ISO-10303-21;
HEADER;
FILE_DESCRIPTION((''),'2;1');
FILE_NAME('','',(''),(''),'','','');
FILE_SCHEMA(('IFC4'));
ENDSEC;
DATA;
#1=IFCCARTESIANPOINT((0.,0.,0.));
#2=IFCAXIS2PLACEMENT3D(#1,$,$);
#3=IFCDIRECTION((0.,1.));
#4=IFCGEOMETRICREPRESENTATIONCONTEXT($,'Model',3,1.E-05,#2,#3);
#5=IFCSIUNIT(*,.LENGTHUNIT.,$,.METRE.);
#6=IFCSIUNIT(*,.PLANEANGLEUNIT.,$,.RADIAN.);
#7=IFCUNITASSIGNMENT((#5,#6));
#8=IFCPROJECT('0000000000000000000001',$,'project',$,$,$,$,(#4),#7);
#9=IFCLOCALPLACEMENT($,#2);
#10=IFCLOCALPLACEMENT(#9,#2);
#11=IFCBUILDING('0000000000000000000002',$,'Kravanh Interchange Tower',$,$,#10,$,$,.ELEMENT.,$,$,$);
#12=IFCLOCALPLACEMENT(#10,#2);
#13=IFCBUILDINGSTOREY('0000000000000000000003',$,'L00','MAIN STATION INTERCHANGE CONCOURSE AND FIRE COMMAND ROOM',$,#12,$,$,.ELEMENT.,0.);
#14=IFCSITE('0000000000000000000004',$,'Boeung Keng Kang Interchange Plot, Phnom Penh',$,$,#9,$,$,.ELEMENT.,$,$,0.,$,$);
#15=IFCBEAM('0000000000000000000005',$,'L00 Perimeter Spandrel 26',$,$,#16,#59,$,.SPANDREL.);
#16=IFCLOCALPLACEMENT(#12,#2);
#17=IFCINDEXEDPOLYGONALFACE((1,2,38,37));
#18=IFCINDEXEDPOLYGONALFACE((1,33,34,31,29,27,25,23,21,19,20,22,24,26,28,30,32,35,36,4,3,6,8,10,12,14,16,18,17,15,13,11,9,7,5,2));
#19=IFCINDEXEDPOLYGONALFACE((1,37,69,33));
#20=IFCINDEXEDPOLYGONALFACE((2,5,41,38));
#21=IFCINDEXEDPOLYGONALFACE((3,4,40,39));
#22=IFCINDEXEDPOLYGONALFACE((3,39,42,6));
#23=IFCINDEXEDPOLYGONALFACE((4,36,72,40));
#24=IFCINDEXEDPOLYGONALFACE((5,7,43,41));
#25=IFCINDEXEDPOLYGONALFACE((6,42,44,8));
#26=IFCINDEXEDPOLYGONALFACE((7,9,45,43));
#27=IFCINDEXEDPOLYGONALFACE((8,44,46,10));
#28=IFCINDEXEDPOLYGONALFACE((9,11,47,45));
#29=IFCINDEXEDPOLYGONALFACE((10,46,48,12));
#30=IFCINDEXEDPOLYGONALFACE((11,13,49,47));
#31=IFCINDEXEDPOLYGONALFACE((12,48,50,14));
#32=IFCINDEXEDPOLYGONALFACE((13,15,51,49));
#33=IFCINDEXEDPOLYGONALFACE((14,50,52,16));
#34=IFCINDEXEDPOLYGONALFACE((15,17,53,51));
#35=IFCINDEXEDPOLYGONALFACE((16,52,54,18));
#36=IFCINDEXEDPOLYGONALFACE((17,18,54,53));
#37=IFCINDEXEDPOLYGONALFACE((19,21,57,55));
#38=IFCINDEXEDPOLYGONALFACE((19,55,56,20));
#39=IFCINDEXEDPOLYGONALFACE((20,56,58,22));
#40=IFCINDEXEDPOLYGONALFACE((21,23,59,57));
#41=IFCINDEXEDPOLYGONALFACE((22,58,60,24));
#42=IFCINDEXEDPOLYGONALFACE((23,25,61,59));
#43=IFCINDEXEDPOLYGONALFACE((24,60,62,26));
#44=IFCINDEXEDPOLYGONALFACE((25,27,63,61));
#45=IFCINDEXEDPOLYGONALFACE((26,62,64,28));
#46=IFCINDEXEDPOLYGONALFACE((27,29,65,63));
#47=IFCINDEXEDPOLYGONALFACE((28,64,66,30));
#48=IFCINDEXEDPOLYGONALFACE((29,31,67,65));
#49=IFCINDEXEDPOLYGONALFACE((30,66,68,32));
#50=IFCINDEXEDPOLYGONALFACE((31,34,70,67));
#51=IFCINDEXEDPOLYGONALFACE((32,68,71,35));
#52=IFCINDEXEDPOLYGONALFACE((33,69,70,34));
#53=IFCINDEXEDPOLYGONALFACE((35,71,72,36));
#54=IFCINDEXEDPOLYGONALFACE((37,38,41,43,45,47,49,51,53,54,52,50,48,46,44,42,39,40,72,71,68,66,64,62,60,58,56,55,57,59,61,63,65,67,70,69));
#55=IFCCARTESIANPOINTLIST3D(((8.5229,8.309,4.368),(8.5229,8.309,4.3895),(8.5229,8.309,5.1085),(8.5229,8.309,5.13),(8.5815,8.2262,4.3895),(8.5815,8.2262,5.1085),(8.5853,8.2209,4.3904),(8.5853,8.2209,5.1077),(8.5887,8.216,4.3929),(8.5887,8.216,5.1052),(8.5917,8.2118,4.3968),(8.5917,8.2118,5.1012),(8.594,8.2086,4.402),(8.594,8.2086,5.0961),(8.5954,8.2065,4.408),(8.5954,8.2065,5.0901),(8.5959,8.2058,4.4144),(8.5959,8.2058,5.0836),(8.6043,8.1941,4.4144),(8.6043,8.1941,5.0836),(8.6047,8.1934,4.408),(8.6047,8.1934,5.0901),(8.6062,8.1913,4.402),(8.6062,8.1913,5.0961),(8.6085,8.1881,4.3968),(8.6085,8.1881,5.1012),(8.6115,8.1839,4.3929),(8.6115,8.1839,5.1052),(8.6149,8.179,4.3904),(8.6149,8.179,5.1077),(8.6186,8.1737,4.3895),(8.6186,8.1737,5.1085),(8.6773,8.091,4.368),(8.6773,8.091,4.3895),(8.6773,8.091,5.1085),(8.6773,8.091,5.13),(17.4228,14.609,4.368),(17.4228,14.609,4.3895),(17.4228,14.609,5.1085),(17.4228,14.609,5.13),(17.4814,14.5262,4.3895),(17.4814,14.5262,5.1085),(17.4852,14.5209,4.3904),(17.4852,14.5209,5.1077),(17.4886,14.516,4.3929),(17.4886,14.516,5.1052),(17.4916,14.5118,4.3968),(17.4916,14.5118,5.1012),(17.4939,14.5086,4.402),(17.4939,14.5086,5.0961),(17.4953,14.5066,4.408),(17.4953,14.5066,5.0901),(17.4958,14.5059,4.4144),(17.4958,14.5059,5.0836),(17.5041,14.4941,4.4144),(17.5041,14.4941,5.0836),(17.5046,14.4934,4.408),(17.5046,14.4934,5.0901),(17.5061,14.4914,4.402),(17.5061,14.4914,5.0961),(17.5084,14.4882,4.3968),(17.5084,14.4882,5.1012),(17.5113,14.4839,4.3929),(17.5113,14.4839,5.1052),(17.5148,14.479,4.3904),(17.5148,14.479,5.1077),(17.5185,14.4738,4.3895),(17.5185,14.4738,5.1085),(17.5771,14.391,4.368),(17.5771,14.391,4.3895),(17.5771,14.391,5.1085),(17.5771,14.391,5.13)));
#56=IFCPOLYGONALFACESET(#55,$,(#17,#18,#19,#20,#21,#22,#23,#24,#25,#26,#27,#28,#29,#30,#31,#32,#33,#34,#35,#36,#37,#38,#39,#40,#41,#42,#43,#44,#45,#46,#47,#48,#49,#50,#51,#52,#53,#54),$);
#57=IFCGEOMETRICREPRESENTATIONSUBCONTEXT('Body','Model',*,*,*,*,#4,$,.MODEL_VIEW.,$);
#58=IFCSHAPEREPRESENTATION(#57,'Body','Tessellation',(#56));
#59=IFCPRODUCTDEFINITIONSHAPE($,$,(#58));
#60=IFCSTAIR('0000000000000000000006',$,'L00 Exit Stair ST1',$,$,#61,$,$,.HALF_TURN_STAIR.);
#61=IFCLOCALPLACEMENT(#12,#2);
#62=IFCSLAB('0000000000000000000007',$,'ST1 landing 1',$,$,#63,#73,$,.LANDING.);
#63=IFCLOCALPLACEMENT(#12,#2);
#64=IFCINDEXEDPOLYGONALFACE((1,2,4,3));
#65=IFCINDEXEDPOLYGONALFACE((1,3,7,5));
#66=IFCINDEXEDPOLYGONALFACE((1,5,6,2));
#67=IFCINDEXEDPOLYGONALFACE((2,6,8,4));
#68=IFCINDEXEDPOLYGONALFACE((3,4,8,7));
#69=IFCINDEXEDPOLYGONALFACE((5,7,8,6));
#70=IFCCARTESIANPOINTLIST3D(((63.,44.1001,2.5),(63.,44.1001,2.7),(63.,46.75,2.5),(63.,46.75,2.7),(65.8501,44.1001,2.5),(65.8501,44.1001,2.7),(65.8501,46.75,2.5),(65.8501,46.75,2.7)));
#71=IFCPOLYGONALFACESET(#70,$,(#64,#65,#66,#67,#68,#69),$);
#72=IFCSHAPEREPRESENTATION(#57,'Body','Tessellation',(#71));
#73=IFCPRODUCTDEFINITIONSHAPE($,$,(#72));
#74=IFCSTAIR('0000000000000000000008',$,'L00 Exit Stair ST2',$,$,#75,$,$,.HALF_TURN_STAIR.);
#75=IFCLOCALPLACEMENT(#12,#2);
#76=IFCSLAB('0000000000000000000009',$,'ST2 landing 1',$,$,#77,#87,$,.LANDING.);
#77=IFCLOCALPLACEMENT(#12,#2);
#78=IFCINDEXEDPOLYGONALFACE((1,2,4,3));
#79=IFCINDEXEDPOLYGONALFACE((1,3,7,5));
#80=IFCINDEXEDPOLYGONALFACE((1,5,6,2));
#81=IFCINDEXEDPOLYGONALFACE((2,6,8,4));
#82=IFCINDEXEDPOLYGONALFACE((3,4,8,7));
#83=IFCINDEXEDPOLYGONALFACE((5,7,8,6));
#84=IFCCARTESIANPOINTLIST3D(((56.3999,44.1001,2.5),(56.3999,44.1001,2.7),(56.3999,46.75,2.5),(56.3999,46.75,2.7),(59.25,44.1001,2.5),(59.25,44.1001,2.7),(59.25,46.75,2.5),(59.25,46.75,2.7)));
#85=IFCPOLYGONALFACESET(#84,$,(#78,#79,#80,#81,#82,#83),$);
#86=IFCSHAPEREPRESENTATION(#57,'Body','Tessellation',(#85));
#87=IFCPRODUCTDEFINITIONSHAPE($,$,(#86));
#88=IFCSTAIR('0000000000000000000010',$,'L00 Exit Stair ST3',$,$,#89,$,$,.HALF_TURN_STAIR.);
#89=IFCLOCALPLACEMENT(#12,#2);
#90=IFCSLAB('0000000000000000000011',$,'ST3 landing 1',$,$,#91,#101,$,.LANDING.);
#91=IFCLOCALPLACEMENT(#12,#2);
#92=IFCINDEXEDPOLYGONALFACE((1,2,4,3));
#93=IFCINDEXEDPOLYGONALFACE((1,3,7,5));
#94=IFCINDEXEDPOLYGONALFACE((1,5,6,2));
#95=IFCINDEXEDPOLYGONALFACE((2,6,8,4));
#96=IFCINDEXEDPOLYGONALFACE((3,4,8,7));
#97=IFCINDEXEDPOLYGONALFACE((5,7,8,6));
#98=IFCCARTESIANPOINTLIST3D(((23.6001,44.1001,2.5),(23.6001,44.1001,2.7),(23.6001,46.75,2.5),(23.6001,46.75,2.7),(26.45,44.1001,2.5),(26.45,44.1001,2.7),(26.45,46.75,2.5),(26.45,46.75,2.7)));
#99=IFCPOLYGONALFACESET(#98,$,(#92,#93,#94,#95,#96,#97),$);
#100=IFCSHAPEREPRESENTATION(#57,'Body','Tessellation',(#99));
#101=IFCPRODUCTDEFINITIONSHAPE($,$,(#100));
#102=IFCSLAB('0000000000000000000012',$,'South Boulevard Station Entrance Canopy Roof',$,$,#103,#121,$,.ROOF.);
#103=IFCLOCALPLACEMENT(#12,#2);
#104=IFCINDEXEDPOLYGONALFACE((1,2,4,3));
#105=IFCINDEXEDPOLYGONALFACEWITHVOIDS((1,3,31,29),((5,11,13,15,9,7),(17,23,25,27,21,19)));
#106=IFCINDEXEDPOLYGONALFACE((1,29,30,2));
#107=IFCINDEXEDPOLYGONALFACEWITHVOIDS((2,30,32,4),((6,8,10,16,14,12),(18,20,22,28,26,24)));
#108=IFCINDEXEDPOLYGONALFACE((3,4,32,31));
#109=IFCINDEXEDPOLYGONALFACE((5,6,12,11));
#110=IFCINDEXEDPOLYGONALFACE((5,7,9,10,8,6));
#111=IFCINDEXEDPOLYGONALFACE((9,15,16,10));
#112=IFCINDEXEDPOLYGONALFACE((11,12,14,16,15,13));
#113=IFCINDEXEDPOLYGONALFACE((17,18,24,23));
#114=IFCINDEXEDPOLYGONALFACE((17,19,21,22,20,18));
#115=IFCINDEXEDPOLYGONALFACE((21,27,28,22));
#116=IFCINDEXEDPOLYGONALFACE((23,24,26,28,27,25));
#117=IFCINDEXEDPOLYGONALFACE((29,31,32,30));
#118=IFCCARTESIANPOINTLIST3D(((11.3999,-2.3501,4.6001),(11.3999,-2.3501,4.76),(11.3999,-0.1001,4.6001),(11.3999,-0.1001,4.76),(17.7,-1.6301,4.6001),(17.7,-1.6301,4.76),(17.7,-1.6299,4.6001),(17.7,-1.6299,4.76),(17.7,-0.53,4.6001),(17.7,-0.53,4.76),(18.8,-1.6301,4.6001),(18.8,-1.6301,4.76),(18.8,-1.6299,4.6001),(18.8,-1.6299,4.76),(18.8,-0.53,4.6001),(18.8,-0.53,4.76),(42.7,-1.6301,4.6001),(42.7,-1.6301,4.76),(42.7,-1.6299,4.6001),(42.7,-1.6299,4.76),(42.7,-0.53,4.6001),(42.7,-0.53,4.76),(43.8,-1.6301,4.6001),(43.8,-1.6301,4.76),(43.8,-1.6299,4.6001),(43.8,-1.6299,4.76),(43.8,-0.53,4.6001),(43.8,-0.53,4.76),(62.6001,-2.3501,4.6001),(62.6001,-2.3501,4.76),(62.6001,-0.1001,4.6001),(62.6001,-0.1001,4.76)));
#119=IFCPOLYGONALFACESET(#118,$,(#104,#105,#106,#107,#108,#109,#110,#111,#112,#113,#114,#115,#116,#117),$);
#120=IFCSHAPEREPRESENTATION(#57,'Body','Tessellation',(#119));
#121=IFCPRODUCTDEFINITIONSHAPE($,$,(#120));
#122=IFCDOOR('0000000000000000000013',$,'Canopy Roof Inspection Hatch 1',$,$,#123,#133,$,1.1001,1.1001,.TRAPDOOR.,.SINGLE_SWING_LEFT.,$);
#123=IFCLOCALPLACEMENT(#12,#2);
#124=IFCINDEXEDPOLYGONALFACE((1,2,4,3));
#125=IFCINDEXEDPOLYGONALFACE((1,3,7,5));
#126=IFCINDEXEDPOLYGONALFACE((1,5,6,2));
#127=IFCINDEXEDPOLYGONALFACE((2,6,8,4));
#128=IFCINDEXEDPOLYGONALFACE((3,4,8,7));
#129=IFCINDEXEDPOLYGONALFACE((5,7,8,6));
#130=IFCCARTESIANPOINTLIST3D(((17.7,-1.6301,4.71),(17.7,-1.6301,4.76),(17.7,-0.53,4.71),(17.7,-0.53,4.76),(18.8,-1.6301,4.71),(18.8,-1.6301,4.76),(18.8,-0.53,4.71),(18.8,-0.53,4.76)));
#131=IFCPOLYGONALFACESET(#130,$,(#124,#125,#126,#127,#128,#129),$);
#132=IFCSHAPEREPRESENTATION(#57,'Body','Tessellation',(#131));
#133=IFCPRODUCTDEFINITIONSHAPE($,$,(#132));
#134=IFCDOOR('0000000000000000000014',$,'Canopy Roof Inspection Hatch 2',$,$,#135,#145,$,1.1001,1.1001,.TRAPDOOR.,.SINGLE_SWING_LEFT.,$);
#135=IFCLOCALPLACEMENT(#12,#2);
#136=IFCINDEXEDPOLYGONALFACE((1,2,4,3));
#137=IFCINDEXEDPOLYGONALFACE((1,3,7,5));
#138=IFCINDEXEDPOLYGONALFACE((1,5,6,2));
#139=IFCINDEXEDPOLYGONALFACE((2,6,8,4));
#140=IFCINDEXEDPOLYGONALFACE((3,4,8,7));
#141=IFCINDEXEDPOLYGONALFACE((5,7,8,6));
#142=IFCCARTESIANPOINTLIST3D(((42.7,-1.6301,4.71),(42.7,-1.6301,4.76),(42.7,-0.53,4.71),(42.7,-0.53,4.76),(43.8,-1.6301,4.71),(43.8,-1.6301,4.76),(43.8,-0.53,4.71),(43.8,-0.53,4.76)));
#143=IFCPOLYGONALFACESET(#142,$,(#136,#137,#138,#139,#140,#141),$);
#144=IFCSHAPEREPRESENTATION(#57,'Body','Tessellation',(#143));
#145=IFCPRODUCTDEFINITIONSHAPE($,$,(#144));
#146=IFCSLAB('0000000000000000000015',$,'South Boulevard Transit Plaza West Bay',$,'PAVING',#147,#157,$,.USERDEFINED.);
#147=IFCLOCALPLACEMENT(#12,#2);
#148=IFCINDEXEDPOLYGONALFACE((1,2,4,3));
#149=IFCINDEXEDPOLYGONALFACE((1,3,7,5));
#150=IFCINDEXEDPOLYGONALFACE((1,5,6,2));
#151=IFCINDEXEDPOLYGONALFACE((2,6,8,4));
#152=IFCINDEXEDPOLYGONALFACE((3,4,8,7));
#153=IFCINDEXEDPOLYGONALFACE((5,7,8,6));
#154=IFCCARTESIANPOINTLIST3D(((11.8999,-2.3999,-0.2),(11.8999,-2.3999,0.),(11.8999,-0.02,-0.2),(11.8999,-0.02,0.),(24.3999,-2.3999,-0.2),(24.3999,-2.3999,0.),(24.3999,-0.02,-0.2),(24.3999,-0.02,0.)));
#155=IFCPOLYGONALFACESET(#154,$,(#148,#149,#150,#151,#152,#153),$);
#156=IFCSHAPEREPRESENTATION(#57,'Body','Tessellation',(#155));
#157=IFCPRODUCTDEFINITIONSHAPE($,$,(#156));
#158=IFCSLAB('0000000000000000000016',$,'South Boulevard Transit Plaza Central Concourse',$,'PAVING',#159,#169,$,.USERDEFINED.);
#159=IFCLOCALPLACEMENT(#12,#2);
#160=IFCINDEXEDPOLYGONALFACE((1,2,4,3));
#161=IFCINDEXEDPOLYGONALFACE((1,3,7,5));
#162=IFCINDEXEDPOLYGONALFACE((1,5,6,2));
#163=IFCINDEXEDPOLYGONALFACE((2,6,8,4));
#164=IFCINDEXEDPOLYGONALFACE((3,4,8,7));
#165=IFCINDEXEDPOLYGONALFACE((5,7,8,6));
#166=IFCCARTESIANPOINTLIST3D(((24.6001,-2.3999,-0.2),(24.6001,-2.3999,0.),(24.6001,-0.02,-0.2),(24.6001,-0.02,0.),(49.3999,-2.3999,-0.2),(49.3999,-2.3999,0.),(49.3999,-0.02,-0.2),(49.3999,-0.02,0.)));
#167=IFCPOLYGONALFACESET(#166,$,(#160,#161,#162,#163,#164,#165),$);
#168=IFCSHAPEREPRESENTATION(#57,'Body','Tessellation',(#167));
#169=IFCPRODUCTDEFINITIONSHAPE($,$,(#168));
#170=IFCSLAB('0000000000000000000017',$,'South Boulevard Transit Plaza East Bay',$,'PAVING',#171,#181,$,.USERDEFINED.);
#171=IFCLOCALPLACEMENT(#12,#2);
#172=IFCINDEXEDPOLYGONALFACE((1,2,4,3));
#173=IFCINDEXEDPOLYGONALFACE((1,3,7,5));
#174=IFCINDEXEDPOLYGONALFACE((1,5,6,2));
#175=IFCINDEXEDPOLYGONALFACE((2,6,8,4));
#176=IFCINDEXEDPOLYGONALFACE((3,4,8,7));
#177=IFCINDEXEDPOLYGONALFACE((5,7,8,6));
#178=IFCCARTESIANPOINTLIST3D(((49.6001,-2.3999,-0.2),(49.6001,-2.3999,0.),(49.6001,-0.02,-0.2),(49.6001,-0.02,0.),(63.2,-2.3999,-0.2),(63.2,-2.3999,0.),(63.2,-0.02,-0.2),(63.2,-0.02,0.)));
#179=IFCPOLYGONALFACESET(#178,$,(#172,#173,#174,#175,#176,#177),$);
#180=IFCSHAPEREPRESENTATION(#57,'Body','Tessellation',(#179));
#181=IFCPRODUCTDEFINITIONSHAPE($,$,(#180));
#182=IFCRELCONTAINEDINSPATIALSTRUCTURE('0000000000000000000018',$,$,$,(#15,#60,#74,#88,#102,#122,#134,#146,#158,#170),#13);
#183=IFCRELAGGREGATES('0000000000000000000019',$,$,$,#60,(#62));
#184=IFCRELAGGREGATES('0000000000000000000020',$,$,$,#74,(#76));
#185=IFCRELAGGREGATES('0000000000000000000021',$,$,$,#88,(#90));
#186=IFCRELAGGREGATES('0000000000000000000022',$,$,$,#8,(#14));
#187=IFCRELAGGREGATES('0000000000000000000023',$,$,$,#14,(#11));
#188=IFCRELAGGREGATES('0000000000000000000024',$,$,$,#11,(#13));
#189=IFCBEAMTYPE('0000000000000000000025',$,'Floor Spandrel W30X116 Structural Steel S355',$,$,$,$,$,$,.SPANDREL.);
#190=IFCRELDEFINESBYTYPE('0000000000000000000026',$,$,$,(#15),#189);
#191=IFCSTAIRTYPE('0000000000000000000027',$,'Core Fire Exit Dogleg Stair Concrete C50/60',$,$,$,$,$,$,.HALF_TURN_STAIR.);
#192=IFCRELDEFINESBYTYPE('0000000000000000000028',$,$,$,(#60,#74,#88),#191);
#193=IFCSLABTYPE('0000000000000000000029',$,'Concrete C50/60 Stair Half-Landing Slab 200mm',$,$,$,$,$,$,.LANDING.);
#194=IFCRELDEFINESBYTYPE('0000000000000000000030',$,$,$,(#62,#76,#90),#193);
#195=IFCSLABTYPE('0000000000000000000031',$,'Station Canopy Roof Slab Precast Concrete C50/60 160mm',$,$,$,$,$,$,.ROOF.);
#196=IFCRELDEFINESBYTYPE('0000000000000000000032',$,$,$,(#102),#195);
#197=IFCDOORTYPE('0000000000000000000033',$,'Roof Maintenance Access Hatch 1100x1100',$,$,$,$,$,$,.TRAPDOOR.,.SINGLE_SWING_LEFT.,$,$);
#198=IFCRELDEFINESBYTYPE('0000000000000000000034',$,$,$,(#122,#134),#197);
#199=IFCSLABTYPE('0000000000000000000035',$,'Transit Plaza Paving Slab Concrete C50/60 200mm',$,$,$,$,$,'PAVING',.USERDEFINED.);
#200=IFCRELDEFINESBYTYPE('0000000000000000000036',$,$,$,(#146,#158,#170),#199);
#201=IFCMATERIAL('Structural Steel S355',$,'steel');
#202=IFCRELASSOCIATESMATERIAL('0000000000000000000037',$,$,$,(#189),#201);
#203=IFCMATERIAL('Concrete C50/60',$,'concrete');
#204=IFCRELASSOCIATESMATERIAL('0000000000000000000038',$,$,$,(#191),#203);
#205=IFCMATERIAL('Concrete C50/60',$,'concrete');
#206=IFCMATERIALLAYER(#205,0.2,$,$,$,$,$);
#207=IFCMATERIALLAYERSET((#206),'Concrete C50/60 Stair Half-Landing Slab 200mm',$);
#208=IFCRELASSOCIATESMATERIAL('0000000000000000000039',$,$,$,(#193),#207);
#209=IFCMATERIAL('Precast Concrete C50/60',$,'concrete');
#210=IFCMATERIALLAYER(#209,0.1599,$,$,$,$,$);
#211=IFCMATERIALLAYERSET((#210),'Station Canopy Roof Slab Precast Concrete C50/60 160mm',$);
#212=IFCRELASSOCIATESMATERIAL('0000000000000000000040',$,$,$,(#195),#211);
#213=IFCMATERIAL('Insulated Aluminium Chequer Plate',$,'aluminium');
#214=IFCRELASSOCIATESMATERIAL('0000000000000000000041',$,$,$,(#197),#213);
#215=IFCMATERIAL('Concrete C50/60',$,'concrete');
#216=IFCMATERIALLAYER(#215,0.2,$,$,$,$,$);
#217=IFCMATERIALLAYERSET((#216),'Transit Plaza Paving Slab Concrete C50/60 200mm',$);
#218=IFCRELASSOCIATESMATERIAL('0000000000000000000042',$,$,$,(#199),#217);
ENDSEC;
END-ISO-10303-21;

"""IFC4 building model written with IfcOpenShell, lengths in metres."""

from ifc_helpers import new_model, si_unit, direction, frame, origin, origin_2d, place, context, subcontext, project, spatial, polyline, rectangle, i_section, outline, extrude, material, layer, layer_set, material_profile, profile_set, type_object, element, fill, aggregate, save


model = new_model("IFC4")

# Units and contexts
model_context = context("Model", 3, precision=1e-05, world=origin(), true_north=direction((0.0, 1.0)))
body_context = subcontext(model_context, "Body", "Model", "MODEL_VIEW")
ifc_project = project(units=[si_unit("LENGTHUNIT", "METRE"), si_unit("PLANEANGLEUNIT", "RADIAN")], contexts=[model_context])

# Site, building, storey
site_placement = place(None, origin())
site = spatial("IfcSite", under=ifc_project, at=site_placement, Name="Boeung Keng Kang Interchange Plot, Phnom Penh", CompositionType="ELEMENT", RefElevation=0.0)
building_placement = place(site_placement, origin())
building = spatial("IfcBuilding", under=site, at=building_placement, Name="Kravanh Interchange Tower", CompositionType="ELEMENT")
storey_placement = place(building_placement, origin())
storey = spatial("IfcBuildingStorey", under=building, at=storey_placement, Name="L00", Description="MAIN STATION INTERCHANGE CONCOURSE AND FIRE COMMAND ROOM", CompositionType="ELEMENT", Elevation=0.0)

# Beam
ifc_material_1 = material(Name="Structural Steel S355", Category="steel")
ifc_material_profile_1 = material_profile(ifc_material_1, i_section(OverallWidth=0.2671, OverallDepth=0.762, WebThickness=0.0144, FlangeThickness=0.0215, FilletRadius=0.0249, at=origin_2d()), Name="W30X116")
ifc_profile_set_1 = profile_set([ifc_material_profile_1], Name="Structural Steel S355")
beam_type_1 = type_object("IfcBeamType", Name="Floor Spandrel W30X116 Structural Steel S355", PredefinedType="SPANDREL", material=ifc_profile_set_1)
beam_1_placement = place(storey_placement, frame((8.6001, 8.2, 4.749), z_axis=(0.8162, 0.57777, 0.0), x_axis=(-0.57777, 0.8162, 0.0)))
element("IfcBeam", 1, at=beam_1_placement, inside=storey, type_object=beam_type_1, Name="L00 Perimeter Spandrel 26", PredefinedType="SPANDREL", context=body_context, shape_type="SweptSolid", body=[
    extrude(i_section(OverallWidth=0.2671, OverallDepth=0.762, WebThickness=0.0144, FlangeThickness=0.0215, FilletRadius=0.0249, at=origin_2d()), origin(), (0.0, 0.0, 1.0), 10.9041),
])

# Stairs, slabs
ifc_material_2 = material(Name="Concrete C50/60", Category="concrete")
stair_type = type_object("IfcStairType", Name="Core Fire Exit Dogleg Stair Concrete C50/60", PredefinedType="HALF_TURN_STAIR", material=ifc_material_2)
stair_1_placement = place(storey_placement, origin())
stair_1 = element("IfcStair", 2, at=stair_1_placement, inside=storey, type_object=stair_type, Name="L00 Exit Stair ST1", PredefinedType="HALF_TURN_STAIR")
ifc_material_3 = material(Name="Concrete C50/60", Category="concrete")
ifc_layer_1 = layer(ifc_material_3, 0.2)
ifc_layer_set_1 = layer_set([ifc_layer_1], Name="Concrete C50/60 Stair Half-Landing Slab 200mm")
slab_type_1 = type_object("IfcSlabType", Name="Concrete C50/60 Stair Half-Landing Slab 200mm", PredefinedType="LANDING", material=ifc_layer_set_1)
slab_1_placement = place(storey_placement, frame((0.0, 0.0, 2.5)))
slab_1 = element("IfcSlab", 3, at=slab_1_placement, type_object=slab_type_1, Name="ST1 landing 1", PredefinedType="LANDING", context=body_context, shape_type="SweptSolid", body=[
    extrude(outline(polyline([(65.8501, 44.1001), (65.8501, 46.75), (63.0, 46.75), (63.0, 44.1001), (65.8501, 44.1001)])), origin(), (0.0, 0.0, 1.0), 0.2),
])
aggregate(stair_1, [slab_1])
stair_2_placement = place(storey_placement, origin())
stair_2 = element("IfcStair", 4, at=stair_2_placement, inside=storey, type_object=stair_type, Name="L00 Exit Stair ST2", PredefinedType="HALF_TURN_STAIR")
slab_2_placement = place(storey_placement, frame((0.0, 0.0, 2.5)))
slab_2 = element("IfcSlab", 5, at=slab_2_placement, type_object=slab_type_1, Name="ST2 landing 1", PredefinedType="LANDING", context=body_context, shape_type="SweptSolid", body=[
    extrude(outline(polyline([(59.25, 44.1001), (59.25, 46.75), (56.3999, 46.75), (56.3999, 44.1001), (59.25, 44.1001)])), origin(), (0.0, 0.0, 1.0), 0.2),
])
aggregate(stair_2, [slab_2])
stair_3_placement = place(storey_placement, origin())
stair_3 = element("IfcStair", 6, at=stair_3_placement, inside=storey, type_object=stair_type, Name="L00 Exit Stair ST3", PredefinedType="HALF_TURN_STAIR")
slab_3_placement = place(storey_placement, frame((0.0, 0.0, 2.5)))
slab_3 = element("IfcSlab", 7, at=slab_3_placement, type_object=slab_type_1, Name="ST3 landing 1", PredefinedType="LANDING", context=body_context, shape_type="SweptSolid", body=[
    extrude(outline(polyline([(26.45, 44.1001), (26.45, 46.75), (23.6001, 46.75), (23.6001, 44.1001), (26.45, 44.1001)])), origin(), (0.0, 0.0, 1.0), 0.2),
])
aggregate(stair_3, [slab_3])

# Slab, openings, doors
ifc_material_4 = material(Name="Precast Concrete C50/60", Category="concrete")
ifc_layer_2 = layer(ifc_material_4, 0.1599)
ifc_layer_set_2 = layer_set([ifc_layer_2], Name="Station Canopy Roof Slab Precast Concrete C50/60 160mm")
slab_type_2 = type_object("IfcSlabType", Name="Station Canopy Roof Slab Precast Concrete C50/60 160mm", PredefinedType="ROOF", material=ifc_layer_set_2)
slab_4_placement = place(storey_placement, frame((0.0, 0.0, 4.6001)))
slab_4 = element("IfcSlab", 8, at=slab_4_placement, inside=storey, type_object=slab_type_2, Name="South Boulevard Station Entrance Canopy Roof", PredefinedType="ROOF", context=body_context, shape_type="SweptSolid", body=[
    extrude(outline(polyline([(11.3999, -2.3501), (62.6001, -2.3501), (62.6001, -0.1001), (11.3999, -0.1001), (11.3999, -2.3501)]), holes=[polyline([(17.7, -1.6299), (18.8, -1.6299), (18.8, -0.53), (17.7, -0.53), (17.7, -1.6299)]), polyline([(42.7, -1.6299), (43.8, -1.6299), (43.8, -0.53), (42.7, -0.53), (42.7, -1.6299)])]), origin(), (0.0, 0.0, 1.0), 0.1599),
])
opening_1_placement = place(slab_4_placement, frame((18.25, -1.0801, 0.0)))
opening_1 = element("IfcOpeningElement", 9, at=opening_1_placement, cuts=slab_4, PredefinedType="OPENING", context=body_context, shape_type="SweptSolid", body=[
    extrude(rectangle(XDim=1.1001, YDim=1.1001, at=origin_2d()), origin(), (0.0, 0.0, 1.0), 0.1599),
])
opening_2_placement = place(slab_4_placement, frame((43.25, -1.0801, 0.0)))
opening_2 = element("IfcOpeningElement", 10, at=opening_2_placement, cuts=slab_4, PredefinedType="OPENING", context=body_context, shape_type="SweptSolid", body=[
    extrude(rectangle(XDim=1.1001, YDim=1.1001, at=origin_2d()), origin(), (0.0, 0.0, 1.0), 0.1599),
])
ifc_material_5 = material(Name="Insulated Aluminium Chequer Plate", Category="aluminium")
door_type_1 = type_object("IfcDoorType", Name="Roof Maintenance Access Hatch 1100x1100", OperationType="SINGLE_SWING_LEFT", PredefinedType="TRAPDOOR", material=ifc_material_5)
door_1_placement = place(opening_1_placement, frame((0.0, 0.0, 0.1099)))
door_1 = element("IfcDoor", 11, at=door_1_placement, inside=storey, type_object=door_type_1, Name="Canopy Roof Inspection Hatch 1", OperationType="SINGLE_SWING_LEFT", OverallHeight=1.1001, OverallWidth=1.1001, PredefinedType="TRAPDOOR", context=body_context, shape_type="SweptSolid", body=[
    extrude(rectangle(XDim=1.1001, YDim=1.1001, at=origin_2d()), origin(), (0.0, 0.0, 1.0), 0.05),
])
fill(opening_1, door_1)
door_2_placement = place(opening_2_placement, frame((0.0, 0.0, 0.1099)))
door_2 = element("IfcDoor", 12, at=door_2_placement, inside=storey, type_object=door_type_1, Name="Canopy Roof Inspection Hatch 2", OperationType="SINGLE_SWING_LEFT", OverallHeight=1.1001, OverallWidth=1.1001, PredefinedType="TRAPDOOR", context=body_context, shape_type="SweptSolid", body=[
    extrude(rectangle(XDim=1.1001, YDim=1.1001, at=origin_2d()), origin(), (0.0, 0.0, 1.0), 0.05),
])
fill(opening_2, door_2)

# Slabs
ifc_material_6 = material(Name="Concrete C50/60", Category="concrete")
ifc_layer_3 = layer(ifc_material_6, 0.2)
ifc_layer_set_3 = layer_set([ifc_layer_3], Name="Transit Plaza Paving Slab Concrete C50/60 200mm")
slab_type_3 = type_object("IfcSlabType", Name="Transit Plaza Paving Slab Concrete C50/60 200mm", ElementType="PAVING", PredefinedType="USERDEFINED", material=ifc_layer_set_3)
slab_5_placement = place(storey_placement, frame((0.0, 0.0, -0.2)))
element("IfcSlab", 13, at=slab_5_placement, inside=storey, type_object=slab_type_3, Name="South Boulevard Transit Plaza West Bay", ObjectType="PAVING", PredefinedType="USERDEFINED", context=body_context, shape_type="SweptSolid", body=[
    extrude(outline(polyline([(11.8999, -2.3999), (24.3999, -2.3999), (24.3999, -0.02), (11.8999, -0.02), (11.8999, -2.3999)])), origin(), (0.0, 0.0, 1.0), 0.2),
])
slab_6_placement = place(storey_placement, frame((0.0, 0.0, -0.2)))
element("IfcSlab", 14, at=slab_6_placement, inside=storey, type_object=slab_type_3, Name="South Boulevard Transit Plaza Central Concourse", ObjectType="PAVING", PredefinedType="USERDEFINED", context=body_context, shape_type="SweptSolid", body=[
    extrude(outline(polyline([(24.6001, -2.3999), (49.3999, -2.3999), (49.3999, -0.02), (24.6001, -0.02), (24.6001, -2.3999)])), origin(), (0.0, 0.0, 1.0), 0.2),
])
slab_7_placement = place(storey_placement, frame((0.0, 0.0, -0.2)))
element("IfcSlab", 15, at=slab_7_placement, inside=storey, type_object=slab_type_3, Name="South Boulevard Transit Plaza East Bay", ObjectType="PAVING", PredefinedType="USERDEFINED", context=body_context, shape_type="SweptSolid", body=[
    extrude(outline(polyline([(49.6001, -2.3999), (63.2, -2.3999), (63.2, -0.02), (49.6001, -0.02), (49.6001, -2.3999)])), origin(), (0.0, 0.0, 1.0), 0.2),
])

save(model, "model.ifc")
